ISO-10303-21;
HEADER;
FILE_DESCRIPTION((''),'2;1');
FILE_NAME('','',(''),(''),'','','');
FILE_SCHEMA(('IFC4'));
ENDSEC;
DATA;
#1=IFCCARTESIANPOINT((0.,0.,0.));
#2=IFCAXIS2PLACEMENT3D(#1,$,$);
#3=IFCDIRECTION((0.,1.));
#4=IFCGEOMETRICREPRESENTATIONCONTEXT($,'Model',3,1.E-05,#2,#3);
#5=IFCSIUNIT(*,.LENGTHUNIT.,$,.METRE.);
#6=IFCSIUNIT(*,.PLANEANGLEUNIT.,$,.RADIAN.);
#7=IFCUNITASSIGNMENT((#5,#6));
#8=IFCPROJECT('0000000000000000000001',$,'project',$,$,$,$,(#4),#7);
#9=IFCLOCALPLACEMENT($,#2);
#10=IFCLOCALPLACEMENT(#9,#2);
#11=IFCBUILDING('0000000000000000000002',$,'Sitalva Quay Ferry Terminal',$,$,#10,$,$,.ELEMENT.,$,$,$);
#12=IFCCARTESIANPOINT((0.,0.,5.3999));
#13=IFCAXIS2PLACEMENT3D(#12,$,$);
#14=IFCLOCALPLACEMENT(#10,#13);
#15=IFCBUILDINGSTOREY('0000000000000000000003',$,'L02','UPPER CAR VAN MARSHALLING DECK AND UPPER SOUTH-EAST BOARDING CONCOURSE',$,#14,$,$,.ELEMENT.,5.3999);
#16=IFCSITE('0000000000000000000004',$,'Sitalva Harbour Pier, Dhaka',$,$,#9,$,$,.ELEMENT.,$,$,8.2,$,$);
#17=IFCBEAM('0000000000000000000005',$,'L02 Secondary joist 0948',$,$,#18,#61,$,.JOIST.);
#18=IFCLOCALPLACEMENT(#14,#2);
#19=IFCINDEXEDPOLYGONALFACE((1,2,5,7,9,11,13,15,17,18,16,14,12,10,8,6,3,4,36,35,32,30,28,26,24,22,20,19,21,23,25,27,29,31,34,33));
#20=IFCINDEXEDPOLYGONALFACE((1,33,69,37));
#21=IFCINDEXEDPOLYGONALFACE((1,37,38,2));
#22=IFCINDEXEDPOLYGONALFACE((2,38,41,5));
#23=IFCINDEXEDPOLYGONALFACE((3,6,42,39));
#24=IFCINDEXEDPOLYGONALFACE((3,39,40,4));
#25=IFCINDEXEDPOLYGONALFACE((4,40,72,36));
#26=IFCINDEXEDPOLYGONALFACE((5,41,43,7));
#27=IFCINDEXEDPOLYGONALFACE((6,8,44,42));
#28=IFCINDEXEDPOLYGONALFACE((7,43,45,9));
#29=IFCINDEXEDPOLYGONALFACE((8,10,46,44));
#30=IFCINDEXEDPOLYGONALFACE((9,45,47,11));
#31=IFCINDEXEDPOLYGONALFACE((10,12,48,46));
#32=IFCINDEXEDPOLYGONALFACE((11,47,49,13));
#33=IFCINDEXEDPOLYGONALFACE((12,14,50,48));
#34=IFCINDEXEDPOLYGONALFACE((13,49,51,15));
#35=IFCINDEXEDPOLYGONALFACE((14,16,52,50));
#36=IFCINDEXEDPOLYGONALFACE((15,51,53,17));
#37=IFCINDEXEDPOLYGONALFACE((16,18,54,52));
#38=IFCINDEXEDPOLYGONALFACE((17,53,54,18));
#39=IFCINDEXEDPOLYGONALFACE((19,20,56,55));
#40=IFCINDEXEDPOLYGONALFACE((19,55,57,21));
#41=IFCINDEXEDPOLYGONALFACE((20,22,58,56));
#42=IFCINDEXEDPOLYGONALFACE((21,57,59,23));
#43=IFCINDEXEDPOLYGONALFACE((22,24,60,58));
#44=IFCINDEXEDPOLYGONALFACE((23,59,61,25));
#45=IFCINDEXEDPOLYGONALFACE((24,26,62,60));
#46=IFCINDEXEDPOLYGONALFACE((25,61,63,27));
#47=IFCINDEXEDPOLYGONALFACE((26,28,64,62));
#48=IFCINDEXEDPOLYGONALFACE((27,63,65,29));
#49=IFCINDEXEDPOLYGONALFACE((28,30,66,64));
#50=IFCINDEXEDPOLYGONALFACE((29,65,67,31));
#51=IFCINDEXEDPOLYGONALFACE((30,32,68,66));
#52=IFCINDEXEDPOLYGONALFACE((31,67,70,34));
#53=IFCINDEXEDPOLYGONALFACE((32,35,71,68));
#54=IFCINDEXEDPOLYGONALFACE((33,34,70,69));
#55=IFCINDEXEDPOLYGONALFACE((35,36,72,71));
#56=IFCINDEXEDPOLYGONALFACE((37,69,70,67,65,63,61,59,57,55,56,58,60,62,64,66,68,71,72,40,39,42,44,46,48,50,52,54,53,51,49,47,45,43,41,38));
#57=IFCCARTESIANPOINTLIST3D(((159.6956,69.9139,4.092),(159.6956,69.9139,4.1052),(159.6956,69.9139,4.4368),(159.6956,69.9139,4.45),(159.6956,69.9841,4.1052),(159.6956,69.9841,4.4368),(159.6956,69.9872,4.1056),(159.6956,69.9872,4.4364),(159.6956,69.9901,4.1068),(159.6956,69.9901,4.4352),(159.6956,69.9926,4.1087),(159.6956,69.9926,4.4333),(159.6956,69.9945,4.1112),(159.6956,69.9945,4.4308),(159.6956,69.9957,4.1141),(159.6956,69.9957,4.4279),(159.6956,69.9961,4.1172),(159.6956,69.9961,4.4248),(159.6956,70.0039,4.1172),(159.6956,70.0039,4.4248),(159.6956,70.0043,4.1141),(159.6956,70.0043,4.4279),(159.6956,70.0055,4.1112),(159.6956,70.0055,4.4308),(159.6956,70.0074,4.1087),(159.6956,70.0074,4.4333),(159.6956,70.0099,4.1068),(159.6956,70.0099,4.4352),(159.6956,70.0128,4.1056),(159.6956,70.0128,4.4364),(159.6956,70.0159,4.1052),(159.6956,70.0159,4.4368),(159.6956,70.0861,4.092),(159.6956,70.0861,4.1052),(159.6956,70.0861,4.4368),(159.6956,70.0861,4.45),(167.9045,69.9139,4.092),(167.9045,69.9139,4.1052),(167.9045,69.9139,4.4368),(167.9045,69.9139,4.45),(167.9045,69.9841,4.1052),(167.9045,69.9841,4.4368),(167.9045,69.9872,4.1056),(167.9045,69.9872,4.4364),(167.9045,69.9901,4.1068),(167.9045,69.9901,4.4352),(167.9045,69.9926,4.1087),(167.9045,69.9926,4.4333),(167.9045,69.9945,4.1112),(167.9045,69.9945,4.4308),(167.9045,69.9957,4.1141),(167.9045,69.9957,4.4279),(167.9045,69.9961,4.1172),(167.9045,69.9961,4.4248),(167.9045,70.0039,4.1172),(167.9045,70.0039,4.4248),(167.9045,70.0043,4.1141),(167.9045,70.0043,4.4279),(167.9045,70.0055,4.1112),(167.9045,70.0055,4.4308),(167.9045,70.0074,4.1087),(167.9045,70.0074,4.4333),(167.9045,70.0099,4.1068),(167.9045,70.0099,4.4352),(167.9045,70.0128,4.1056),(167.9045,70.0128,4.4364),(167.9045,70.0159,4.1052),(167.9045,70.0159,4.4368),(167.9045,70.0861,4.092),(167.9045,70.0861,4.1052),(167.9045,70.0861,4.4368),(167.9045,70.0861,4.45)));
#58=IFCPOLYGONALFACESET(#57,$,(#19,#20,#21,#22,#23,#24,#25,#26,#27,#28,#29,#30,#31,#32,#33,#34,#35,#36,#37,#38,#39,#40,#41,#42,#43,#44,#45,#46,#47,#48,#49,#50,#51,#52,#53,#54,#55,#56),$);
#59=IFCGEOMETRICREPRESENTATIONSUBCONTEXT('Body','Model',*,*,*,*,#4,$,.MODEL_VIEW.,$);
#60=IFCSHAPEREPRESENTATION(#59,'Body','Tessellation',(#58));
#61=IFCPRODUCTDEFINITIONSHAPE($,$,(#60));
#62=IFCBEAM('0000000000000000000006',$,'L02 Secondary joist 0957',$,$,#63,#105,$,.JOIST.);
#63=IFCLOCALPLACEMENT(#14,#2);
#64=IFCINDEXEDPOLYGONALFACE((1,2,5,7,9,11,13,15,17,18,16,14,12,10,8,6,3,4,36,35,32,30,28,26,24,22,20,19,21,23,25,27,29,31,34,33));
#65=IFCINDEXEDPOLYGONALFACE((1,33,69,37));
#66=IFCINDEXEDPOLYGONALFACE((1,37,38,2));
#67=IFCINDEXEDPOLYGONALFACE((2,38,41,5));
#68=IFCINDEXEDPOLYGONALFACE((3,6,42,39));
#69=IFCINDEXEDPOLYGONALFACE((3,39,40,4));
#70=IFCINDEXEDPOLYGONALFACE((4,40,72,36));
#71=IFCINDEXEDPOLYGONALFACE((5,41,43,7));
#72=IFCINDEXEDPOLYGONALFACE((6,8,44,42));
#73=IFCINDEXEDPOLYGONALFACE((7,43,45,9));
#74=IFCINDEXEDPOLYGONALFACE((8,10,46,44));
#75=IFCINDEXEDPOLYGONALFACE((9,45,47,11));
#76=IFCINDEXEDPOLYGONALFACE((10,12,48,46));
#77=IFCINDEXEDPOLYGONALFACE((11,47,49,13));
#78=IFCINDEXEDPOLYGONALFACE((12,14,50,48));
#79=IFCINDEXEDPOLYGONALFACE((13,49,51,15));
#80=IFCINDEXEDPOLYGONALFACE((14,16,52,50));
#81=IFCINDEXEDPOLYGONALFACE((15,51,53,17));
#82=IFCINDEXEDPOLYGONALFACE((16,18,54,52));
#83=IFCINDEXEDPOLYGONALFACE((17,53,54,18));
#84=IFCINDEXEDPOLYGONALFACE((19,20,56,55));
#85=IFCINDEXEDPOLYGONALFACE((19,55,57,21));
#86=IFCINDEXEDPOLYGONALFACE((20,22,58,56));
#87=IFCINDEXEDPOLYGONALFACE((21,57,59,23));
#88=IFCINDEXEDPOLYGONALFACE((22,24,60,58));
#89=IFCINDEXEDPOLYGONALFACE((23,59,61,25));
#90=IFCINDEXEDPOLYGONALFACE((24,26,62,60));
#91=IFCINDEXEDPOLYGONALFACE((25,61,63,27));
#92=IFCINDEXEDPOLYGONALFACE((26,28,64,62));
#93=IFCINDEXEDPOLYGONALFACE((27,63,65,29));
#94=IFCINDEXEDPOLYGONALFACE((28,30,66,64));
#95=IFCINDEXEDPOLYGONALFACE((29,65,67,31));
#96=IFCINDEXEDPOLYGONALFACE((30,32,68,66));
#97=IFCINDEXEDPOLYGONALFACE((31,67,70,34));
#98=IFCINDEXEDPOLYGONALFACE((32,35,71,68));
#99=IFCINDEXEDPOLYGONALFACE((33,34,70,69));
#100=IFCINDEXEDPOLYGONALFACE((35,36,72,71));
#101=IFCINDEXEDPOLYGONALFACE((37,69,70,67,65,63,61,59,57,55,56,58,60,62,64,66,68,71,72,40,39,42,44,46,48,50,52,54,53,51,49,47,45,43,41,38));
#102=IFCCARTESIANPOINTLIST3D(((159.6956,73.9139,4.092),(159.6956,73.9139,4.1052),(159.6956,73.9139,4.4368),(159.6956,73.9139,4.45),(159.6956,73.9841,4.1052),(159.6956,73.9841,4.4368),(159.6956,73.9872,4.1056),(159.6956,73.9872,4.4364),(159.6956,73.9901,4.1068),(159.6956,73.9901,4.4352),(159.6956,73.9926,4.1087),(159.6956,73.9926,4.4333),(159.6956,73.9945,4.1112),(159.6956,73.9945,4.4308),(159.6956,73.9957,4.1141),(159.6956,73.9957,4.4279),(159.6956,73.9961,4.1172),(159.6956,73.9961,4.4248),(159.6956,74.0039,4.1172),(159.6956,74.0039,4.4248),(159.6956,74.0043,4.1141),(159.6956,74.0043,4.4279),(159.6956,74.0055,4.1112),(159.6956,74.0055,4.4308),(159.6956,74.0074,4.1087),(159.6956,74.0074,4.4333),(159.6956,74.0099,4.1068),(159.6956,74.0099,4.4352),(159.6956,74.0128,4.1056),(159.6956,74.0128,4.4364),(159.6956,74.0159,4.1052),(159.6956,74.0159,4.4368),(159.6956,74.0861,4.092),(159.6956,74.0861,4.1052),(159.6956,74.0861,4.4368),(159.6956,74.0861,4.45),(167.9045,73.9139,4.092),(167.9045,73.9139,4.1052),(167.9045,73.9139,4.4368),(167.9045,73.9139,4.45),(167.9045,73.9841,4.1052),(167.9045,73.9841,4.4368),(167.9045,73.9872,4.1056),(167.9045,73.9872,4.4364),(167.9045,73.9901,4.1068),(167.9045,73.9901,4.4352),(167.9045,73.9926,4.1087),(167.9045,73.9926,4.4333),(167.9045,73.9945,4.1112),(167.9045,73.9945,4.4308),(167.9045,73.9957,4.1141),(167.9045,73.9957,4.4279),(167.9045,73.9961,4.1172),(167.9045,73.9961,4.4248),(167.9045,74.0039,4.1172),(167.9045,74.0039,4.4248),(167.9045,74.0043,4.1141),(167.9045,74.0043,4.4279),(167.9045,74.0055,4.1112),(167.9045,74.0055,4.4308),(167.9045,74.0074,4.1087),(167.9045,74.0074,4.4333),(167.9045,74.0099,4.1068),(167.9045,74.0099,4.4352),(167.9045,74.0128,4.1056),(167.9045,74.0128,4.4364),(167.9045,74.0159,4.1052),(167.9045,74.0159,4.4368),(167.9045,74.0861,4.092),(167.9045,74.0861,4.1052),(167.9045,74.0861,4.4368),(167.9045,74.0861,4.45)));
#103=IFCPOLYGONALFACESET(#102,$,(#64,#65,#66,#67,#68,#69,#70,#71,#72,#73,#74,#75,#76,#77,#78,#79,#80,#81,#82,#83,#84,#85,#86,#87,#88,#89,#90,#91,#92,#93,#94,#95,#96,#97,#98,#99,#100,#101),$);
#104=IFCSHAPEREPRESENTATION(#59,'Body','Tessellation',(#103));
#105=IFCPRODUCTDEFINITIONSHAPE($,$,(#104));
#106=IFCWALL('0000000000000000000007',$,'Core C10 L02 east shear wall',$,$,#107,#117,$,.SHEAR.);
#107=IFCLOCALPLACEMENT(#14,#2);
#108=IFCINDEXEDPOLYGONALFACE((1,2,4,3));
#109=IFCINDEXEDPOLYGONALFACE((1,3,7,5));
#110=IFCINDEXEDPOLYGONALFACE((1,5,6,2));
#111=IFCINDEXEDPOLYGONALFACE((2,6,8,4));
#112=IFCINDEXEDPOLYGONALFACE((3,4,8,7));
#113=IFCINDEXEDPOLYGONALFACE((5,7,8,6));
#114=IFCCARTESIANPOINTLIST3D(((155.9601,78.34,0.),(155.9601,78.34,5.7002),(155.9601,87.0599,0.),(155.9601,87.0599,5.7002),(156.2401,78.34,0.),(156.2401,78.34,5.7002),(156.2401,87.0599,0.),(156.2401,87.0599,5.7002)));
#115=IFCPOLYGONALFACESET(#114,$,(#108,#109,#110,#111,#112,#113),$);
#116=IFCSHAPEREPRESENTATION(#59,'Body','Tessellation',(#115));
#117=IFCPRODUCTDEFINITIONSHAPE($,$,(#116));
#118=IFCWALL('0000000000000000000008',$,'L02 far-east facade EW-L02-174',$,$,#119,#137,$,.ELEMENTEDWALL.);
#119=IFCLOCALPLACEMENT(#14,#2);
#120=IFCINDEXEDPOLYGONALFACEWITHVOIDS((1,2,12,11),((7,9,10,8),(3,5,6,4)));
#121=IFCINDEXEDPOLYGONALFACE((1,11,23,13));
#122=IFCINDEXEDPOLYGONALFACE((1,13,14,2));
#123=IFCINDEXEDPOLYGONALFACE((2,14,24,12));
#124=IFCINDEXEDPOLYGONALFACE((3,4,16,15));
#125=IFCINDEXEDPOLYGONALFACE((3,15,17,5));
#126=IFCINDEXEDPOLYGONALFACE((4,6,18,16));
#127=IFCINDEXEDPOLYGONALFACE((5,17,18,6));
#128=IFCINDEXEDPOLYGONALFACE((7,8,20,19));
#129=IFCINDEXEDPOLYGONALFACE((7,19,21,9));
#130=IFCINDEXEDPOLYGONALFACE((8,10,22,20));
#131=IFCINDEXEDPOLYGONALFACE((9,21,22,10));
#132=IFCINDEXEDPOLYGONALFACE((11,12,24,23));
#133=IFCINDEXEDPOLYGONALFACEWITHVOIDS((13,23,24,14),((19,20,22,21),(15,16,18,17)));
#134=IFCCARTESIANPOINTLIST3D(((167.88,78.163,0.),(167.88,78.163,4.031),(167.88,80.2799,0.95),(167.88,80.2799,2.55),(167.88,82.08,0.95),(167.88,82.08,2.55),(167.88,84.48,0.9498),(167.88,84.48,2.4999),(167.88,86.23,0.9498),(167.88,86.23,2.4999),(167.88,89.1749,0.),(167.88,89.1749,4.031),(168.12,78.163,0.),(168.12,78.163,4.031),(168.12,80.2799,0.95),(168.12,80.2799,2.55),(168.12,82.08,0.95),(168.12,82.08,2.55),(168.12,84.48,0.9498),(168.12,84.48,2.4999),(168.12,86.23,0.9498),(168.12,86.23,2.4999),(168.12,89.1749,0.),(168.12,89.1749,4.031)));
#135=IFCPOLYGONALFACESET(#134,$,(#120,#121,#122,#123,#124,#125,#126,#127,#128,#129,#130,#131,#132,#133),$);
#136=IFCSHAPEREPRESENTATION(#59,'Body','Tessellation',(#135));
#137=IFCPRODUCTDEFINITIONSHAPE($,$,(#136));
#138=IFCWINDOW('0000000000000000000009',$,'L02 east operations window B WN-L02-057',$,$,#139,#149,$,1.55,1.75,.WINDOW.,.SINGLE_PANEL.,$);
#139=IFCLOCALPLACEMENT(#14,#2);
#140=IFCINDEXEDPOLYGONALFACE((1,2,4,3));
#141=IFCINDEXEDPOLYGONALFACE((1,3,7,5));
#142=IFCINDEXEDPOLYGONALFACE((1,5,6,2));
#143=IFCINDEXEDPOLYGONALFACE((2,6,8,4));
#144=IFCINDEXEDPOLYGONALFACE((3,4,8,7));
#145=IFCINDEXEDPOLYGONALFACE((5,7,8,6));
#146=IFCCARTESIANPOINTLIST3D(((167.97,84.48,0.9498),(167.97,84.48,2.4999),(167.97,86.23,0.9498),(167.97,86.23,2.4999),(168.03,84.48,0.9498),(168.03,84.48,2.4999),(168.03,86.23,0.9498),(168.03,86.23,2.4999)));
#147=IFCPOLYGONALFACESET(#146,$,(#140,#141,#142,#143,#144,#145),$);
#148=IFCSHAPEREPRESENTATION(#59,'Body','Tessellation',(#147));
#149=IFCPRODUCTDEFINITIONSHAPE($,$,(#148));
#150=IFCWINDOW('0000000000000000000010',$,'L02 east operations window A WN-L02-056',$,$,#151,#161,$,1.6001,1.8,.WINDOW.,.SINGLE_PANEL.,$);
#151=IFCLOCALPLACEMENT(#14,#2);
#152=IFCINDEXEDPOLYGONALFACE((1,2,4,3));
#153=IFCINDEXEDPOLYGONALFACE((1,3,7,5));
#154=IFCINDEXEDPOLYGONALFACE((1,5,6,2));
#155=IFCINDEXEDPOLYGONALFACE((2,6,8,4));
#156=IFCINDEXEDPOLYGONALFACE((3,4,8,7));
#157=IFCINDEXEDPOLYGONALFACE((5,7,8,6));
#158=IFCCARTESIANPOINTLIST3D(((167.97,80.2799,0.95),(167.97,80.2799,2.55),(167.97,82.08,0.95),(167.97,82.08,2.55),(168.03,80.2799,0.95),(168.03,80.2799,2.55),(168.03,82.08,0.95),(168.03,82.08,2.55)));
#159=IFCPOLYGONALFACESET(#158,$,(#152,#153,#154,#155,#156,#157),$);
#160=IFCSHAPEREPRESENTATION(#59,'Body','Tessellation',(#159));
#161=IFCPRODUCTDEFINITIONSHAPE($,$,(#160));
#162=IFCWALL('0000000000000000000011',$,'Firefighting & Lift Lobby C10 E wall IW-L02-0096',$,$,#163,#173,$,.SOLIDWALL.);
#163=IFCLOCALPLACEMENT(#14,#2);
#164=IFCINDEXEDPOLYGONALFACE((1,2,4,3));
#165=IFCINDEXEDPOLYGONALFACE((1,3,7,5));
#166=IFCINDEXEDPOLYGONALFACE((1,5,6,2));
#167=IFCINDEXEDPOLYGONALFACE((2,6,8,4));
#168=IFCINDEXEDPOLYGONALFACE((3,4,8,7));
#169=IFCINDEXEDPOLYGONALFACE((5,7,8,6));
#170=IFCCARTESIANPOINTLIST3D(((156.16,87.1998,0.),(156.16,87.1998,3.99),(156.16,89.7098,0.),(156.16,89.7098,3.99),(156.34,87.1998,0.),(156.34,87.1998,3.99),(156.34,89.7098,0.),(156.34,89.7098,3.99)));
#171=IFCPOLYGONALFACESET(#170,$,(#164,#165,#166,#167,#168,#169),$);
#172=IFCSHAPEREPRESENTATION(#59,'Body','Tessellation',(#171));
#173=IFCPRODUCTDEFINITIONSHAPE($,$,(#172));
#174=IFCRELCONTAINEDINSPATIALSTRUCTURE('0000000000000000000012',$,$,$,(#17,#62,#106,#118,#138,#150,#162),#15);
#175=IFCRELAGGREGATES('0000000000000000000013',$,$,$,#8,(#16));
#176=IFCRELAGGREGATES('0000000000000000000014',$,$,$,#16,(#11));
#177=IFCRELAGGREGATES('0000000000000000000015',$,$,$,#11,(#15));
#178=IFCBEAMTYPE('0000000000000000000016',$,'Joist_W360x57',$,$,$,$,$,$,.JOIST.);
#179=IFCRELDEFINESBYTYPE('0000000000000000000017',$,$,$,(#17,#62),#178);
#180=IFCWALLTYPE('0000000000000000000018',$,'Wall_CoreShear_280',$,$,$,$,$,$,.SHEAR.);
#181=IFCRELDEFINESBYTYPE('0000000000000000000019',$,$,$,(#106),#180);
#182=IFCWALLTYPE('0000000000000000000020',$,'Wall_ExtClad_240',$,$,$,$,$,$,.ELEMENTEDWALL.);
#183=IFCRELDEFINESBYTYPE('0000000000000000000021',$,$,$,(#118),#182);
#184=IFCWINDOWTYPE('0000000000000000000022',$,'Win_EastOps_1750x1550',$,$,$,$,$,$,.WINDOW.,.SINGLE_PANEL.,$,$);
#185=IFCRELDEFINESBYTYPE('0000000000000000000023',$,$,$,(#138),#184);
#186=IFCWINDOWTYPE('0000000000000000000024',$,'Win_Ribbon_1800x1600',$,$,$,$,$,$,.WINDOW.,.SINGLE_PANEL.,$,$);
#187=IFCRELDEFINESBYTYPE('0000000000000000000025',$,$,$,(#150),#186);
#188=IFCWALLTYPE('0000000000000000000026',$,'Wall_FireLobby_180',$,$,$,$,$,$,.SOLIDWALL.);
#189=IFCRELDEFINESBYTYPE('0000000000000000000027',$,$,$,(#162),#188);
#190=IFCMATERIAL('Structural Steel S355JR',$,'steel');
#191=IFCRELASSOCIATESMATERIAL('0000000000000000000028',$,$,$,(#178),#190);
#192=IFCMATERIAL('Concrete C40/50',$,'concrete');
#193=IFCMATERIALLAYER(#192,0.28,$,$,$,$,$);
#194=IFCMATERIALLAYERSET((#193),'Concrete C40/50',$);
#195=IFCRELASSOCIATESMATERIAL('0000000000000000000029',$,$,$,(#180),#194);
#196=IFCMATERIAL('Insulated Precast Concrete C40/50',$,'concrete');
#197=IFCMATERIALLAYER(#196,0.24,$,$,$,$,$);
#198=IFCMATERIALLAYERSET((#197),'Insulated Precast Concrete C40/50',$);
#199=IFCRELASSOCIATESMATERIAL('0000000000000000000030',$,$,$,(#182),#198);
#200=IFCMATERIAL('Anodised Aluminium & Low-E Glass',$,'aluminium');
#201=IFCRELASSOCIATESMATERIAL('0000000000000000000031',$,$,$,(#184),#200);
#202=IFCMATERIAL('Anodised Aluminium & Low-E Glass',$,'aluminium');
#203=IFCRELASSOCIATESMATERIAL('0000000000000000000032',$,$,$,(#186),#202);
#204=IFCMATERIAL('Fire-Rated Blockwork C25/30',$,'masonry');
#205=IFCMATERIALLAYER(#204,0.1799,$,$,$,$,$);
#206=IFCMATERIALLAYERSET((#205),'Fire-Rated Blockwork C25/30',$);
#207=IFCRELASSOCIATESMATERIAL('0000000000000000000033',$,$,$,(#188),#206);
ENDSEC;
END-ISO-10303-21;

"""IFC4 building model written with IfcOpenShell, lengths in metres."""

from ifc_helpers import new_model, si_unit, direction, frame, frame_2d, origin, origin_2d, place, context, subcontext, project, spatial, rectangle, i_section, extrude, material, layer, layer_set, material_profile, profile_set, type_object, element, fill, save


model = new_model("IFC4")

# Units and contexts
model_context = context("Model", 3, precision=1e-05, world=origin(), true_north=direction((0.0, 1.0)))
body_context = subcontext(model_context, "Body", "Model", "MODEL_VIEW")
ifc_project = project(units=[si_unit("LENGTHUNIT", "METRE"), si_unit("PLANEANGLEUNIT", "RADIAN")], contexts=[model_context])

# Site, building, storey
site_placement = place(None, origin())
site = spatial("IfcSite", under=ifc_project, at=site_placement, Name="Sitalva Harbour Pier, Dhaka", CompositionType="ELEMENT", RefElevation=8.2)
building_placement = place(site_placement, origin())
building = spatial("IfcBuilding", under=site, at=building_placement, Name="Sitalva Quay Ferry Terminal", CompositionType="ELEMENT")
storey_placement = place(building_placement, frame((0.0, 0.0, 5.3999)))
storey = spatial("IfcBuildingStorey", under=building, at=storey_placement, Name="L02", Description="UPPER CAR VAN MARSHALLING DECK AND UPPER SOUTH-EAST BOARDING CONCOURSE", CompositionType="ELEMENT", Elevation=5.3999)

# Beams
ifc_material_1 = material(Name="Structural Steel S355JR", Category="steel")
ifc_material_profile_1 = material_profile(ifc_material_1, i_section(OverallWidth=0.1721, OverallDepth=0.3579, WebThickness=0.0078, FlangeThickness=0.0132, FilletRadius=0.012, at=origin_2d()), Name="W360x57")
ifc_profile_set_1 = profile_set([ifc_material_profile_1], Name="Structural Steel S355JR")
beam_type_1 = type_object("IfcBeamType", Name="Joist_W360x57", PredefinedType="JOIST", material=ifc_profile_set_1)
for number, where, z_axis, x_axis, name in (
    (1, (159.6956, 70.0, 4.271), (1.0, 0.0, 0.0), (0.0, 1.0, 0.0), "L02 Secondary joist 0948"),
    (2, (159.6956, 74.0, 4.271), (1.0, 0.0, 0.0), (0.0, 1.0, 0.0), "L02 Secondary joist 0957"),
):
    element("IfcBeam", number, at=place(storey_placement, frame(where, z_axis=z_axis, x_axis=x_axis)), inside=storey, type_object=beam_type_1, Name=name, PredefinedType="JOIST", context=body_context, shape_type="SweptSolid", body=[
        extrude(i_section(OverallWidth=0.1721, OverallDepth=0.3579, WebThickness=0.0078, FlangeThickness=0.0132, FilletRadius=0.012, at=origin_2d()), origin(), (0.0, 0.0, 1.0), 8.209),
    ])

# Wall
ifc_material_2 = material(Name="Concrete C40/50", Category="concrete")
ifc_layer_1 = layer(ifc_material_2, 0.28)
ifc_layer_set_1 = layer_set([ifc_layer_1], Name="Concrete C40/50")
wall_type_1 = type_object("IfcWallType", Name="Wall_CoreShear_280", PredefinedType="SHEAR", material=ifc_layer_set_1)
wall_1_placement = place(storey_placement, frame((156.1001, 78.3401, 0.0), z_axis=(0.0, 0.0, 1.0), x_axis=(0.0, 1.0, 0.0)))
element("IfcWall", 3, at=wall_1_placement, inside=storey, type_object=wall_type_1, Name="Core C10 L02 east shear wall", PredefinedType="SHEAR", context=body_context, shape_type="SweptSolid", body=[
    extrude(rectangle(XDim=8.72, YDim=0.28, at=frame_2d((4.3599, 0.0))), origin(), (0.0, 0.0, 1.0), 5.7002),
])

# Wall, openings, windows
ifc_material_3 = material(Name="Insulated Precast Concrete C40/50", Category="concrete")
ifc_layer_2 = layer(ifc_material_3, 0.24)
ifc_layer_set_2 = layer_set([ifc_layer_2], Name="Insulated Precast Concrete C40/50")
wall_type_2 = type_object("IfcWallType", Name="Wall_ExtClad_240", PredefinedType="ELEMENTEDWALL", material=ifc_layer_set_2)
wall_2_placement = place(storey_placement, frame((168.0, 78.1631, 0.0), z_axis=(0.0, 0.0, 1.0), x_axis=(0.0, 1.0, 0.0)))
wall_2 = element("IfcWall", 4, at=wall_2_placement, inside=storey, type_object=wall_type_2, Name="L02 far-east facade EW-L02-174", PredefinedType="ELEMENTEDWALL", context=body_context, shape_type="SweptSolid", body=[
    extrude(rectangle(XDim=11.012, YDim=0.24, at=frame_2d((5.5059, 0.0))), origin(), (0.0, 0.0, 1.0), 4.031),
])
opening_1_placement = place(wall_2_placement, frame((2.1169, 0.0, 0.95)))
opening_1 = element("IfcOpeningElement", 5, at=opening_1_placement, cuts=wall_2, PredefinedType="OPENING", context=body_context, shape_type="SweptSolid", body=[
    extrude(rectangle(XDim=1.8, YDim=1.6001, at=frame_2d((0.8999, 0.8))), frame((0.0, 0.1299, 0.0), z_axis=(0.0, -1.0, 0.0), x_axis=(1.0, 0.0, 0.0)), (0.0, 0.0, 1.0), 0.26),
])
opening_2_placement = place(wall_2_placement, frame((6.3169, 0.0, 0.95)))
opening_2 = element("IfcOpeningElement", 6, at=opening_2_placement, cuts=wall_2, PredefinedType="OPENING", context=body_context, shape_type="SweptSolid", body=[
    extrude(rectangle(XDim=1.75, YDim=1.55, at=frame_2d((0.875, 0.7749))), frame((0.0, 0.1299, 0.0), z_axis=(0.0, -1.0, 0.0), x_axis=(1.0, 0.0, 0.0)), (0.0, 0.0, 1.0), 0.26),
])
ifc_material_4 = material(Name="Anodised Aluminium & Low-E Glass", Category="aluminium")
window_type_1 = type_object("IfcWindowType", Name="Win_EastOps_1750x1550", PartitioningType="SINGLE_PANEL", PredefinedType="WINDOW", material=ifc_material_4)
window_1_placement = place(opening_2_placement, origin())
window_1 = element("IfcWindow", 7, at=window_1_placement, inside=storey, type_object=window_type_1, Name="L02 east operations window B WN-L02-057", OverallHeight=1.55, OverallWidth=1.75, PartitioningType="SINGLE_PANEL", PredefinedType="WINDOW", context=body_context, shape_type="SweptSolid", body=[
    extrude(rectangle(XDim=1.75, YDim=1.55, at=frame_2d((0.875, 0.7749))), frame((0.0, 0.03, 0.0), z_axis=(0.0, -1.0, 0.0), x_axis=(1.0, 0.0, 0.0)), (0.0, 0.0, 1.0), 0.0601),
])
fill(opening_2, window_1)
ifc_material_5 = material(Name="Anodised Aluminium & Low-E Glass", Category="aluminium")
window_type_2 = type_object("IfcWindowType", Name="Win_Ribbon_1800x1600", PartitioningType="SINGLE_PANEL", PredefinedType="WINDOW", material=ifc_material_5)
window_2_placement = place(opening_1_placement, origin())
window_2 = element("IfcWindow", 8, at=window_2_placement, inside=storey, type_object=window_type_2, Name="L02 east operations window A WN-L02-056", OverallHeight=1.6001, OverallWidth=1.8, PartitioningType="SINGLE_PANEL", PredefinedType="WINDOW", context=body_context, shape_type="SweptSolid", body=[
    extrude(rectangle(XDim=1.8, YDim=1.6001, at=frame_2d((0.8999, 0.8))), frame((0.0, 0.03, 0.0), z_axis=(0.0, -1.0, 0.0), x_axis=(1.0, 0.0, 0.0)), (0.0, 0.0, 1.0), 0.0601),
])
fill(opening_1, window_2)

# Wall
ifc_material_6 = material(Name="Fire-Rated Blockwork C25/30", Category="masonry")
ifc_layer_3 = layer(ifc_material_6, 0.1799)
ifc_layer_set_3 = layer_set([ifc_layer_3], Name="Fire-Rated Blockwork C25/30")
wall_type_3 = type_object("IfcWallType", Name="Wall_FireLobby_180", PredefinedType="SOLIDWALL", material=ifc_layer_set_3)
wall_3_placement = place(storey_placement, frame((156.25, 87.2, 0.0), z_axis=(0.0, 0.0, 1.0), x_axis=(0.0, 1.0, 0.0)))
element("IfcWall", 9, at=wall_3_placement, inside=storey, type_object=wall_type_3, Name="Firefighting & Lift Lobby C10 E wall IW-L02-0096", PredefinedType="SOLIDWALL", context=body_context, shape_type="SweptSolid", body=[
    extrude(rectangle(XDim=2.51, YDim=0.1799, at=frame_2d((1.2549, 0.0))), origin(), (0.0, 0.0, 1.0), 3.99),
])

save(model, "model.ifc")
